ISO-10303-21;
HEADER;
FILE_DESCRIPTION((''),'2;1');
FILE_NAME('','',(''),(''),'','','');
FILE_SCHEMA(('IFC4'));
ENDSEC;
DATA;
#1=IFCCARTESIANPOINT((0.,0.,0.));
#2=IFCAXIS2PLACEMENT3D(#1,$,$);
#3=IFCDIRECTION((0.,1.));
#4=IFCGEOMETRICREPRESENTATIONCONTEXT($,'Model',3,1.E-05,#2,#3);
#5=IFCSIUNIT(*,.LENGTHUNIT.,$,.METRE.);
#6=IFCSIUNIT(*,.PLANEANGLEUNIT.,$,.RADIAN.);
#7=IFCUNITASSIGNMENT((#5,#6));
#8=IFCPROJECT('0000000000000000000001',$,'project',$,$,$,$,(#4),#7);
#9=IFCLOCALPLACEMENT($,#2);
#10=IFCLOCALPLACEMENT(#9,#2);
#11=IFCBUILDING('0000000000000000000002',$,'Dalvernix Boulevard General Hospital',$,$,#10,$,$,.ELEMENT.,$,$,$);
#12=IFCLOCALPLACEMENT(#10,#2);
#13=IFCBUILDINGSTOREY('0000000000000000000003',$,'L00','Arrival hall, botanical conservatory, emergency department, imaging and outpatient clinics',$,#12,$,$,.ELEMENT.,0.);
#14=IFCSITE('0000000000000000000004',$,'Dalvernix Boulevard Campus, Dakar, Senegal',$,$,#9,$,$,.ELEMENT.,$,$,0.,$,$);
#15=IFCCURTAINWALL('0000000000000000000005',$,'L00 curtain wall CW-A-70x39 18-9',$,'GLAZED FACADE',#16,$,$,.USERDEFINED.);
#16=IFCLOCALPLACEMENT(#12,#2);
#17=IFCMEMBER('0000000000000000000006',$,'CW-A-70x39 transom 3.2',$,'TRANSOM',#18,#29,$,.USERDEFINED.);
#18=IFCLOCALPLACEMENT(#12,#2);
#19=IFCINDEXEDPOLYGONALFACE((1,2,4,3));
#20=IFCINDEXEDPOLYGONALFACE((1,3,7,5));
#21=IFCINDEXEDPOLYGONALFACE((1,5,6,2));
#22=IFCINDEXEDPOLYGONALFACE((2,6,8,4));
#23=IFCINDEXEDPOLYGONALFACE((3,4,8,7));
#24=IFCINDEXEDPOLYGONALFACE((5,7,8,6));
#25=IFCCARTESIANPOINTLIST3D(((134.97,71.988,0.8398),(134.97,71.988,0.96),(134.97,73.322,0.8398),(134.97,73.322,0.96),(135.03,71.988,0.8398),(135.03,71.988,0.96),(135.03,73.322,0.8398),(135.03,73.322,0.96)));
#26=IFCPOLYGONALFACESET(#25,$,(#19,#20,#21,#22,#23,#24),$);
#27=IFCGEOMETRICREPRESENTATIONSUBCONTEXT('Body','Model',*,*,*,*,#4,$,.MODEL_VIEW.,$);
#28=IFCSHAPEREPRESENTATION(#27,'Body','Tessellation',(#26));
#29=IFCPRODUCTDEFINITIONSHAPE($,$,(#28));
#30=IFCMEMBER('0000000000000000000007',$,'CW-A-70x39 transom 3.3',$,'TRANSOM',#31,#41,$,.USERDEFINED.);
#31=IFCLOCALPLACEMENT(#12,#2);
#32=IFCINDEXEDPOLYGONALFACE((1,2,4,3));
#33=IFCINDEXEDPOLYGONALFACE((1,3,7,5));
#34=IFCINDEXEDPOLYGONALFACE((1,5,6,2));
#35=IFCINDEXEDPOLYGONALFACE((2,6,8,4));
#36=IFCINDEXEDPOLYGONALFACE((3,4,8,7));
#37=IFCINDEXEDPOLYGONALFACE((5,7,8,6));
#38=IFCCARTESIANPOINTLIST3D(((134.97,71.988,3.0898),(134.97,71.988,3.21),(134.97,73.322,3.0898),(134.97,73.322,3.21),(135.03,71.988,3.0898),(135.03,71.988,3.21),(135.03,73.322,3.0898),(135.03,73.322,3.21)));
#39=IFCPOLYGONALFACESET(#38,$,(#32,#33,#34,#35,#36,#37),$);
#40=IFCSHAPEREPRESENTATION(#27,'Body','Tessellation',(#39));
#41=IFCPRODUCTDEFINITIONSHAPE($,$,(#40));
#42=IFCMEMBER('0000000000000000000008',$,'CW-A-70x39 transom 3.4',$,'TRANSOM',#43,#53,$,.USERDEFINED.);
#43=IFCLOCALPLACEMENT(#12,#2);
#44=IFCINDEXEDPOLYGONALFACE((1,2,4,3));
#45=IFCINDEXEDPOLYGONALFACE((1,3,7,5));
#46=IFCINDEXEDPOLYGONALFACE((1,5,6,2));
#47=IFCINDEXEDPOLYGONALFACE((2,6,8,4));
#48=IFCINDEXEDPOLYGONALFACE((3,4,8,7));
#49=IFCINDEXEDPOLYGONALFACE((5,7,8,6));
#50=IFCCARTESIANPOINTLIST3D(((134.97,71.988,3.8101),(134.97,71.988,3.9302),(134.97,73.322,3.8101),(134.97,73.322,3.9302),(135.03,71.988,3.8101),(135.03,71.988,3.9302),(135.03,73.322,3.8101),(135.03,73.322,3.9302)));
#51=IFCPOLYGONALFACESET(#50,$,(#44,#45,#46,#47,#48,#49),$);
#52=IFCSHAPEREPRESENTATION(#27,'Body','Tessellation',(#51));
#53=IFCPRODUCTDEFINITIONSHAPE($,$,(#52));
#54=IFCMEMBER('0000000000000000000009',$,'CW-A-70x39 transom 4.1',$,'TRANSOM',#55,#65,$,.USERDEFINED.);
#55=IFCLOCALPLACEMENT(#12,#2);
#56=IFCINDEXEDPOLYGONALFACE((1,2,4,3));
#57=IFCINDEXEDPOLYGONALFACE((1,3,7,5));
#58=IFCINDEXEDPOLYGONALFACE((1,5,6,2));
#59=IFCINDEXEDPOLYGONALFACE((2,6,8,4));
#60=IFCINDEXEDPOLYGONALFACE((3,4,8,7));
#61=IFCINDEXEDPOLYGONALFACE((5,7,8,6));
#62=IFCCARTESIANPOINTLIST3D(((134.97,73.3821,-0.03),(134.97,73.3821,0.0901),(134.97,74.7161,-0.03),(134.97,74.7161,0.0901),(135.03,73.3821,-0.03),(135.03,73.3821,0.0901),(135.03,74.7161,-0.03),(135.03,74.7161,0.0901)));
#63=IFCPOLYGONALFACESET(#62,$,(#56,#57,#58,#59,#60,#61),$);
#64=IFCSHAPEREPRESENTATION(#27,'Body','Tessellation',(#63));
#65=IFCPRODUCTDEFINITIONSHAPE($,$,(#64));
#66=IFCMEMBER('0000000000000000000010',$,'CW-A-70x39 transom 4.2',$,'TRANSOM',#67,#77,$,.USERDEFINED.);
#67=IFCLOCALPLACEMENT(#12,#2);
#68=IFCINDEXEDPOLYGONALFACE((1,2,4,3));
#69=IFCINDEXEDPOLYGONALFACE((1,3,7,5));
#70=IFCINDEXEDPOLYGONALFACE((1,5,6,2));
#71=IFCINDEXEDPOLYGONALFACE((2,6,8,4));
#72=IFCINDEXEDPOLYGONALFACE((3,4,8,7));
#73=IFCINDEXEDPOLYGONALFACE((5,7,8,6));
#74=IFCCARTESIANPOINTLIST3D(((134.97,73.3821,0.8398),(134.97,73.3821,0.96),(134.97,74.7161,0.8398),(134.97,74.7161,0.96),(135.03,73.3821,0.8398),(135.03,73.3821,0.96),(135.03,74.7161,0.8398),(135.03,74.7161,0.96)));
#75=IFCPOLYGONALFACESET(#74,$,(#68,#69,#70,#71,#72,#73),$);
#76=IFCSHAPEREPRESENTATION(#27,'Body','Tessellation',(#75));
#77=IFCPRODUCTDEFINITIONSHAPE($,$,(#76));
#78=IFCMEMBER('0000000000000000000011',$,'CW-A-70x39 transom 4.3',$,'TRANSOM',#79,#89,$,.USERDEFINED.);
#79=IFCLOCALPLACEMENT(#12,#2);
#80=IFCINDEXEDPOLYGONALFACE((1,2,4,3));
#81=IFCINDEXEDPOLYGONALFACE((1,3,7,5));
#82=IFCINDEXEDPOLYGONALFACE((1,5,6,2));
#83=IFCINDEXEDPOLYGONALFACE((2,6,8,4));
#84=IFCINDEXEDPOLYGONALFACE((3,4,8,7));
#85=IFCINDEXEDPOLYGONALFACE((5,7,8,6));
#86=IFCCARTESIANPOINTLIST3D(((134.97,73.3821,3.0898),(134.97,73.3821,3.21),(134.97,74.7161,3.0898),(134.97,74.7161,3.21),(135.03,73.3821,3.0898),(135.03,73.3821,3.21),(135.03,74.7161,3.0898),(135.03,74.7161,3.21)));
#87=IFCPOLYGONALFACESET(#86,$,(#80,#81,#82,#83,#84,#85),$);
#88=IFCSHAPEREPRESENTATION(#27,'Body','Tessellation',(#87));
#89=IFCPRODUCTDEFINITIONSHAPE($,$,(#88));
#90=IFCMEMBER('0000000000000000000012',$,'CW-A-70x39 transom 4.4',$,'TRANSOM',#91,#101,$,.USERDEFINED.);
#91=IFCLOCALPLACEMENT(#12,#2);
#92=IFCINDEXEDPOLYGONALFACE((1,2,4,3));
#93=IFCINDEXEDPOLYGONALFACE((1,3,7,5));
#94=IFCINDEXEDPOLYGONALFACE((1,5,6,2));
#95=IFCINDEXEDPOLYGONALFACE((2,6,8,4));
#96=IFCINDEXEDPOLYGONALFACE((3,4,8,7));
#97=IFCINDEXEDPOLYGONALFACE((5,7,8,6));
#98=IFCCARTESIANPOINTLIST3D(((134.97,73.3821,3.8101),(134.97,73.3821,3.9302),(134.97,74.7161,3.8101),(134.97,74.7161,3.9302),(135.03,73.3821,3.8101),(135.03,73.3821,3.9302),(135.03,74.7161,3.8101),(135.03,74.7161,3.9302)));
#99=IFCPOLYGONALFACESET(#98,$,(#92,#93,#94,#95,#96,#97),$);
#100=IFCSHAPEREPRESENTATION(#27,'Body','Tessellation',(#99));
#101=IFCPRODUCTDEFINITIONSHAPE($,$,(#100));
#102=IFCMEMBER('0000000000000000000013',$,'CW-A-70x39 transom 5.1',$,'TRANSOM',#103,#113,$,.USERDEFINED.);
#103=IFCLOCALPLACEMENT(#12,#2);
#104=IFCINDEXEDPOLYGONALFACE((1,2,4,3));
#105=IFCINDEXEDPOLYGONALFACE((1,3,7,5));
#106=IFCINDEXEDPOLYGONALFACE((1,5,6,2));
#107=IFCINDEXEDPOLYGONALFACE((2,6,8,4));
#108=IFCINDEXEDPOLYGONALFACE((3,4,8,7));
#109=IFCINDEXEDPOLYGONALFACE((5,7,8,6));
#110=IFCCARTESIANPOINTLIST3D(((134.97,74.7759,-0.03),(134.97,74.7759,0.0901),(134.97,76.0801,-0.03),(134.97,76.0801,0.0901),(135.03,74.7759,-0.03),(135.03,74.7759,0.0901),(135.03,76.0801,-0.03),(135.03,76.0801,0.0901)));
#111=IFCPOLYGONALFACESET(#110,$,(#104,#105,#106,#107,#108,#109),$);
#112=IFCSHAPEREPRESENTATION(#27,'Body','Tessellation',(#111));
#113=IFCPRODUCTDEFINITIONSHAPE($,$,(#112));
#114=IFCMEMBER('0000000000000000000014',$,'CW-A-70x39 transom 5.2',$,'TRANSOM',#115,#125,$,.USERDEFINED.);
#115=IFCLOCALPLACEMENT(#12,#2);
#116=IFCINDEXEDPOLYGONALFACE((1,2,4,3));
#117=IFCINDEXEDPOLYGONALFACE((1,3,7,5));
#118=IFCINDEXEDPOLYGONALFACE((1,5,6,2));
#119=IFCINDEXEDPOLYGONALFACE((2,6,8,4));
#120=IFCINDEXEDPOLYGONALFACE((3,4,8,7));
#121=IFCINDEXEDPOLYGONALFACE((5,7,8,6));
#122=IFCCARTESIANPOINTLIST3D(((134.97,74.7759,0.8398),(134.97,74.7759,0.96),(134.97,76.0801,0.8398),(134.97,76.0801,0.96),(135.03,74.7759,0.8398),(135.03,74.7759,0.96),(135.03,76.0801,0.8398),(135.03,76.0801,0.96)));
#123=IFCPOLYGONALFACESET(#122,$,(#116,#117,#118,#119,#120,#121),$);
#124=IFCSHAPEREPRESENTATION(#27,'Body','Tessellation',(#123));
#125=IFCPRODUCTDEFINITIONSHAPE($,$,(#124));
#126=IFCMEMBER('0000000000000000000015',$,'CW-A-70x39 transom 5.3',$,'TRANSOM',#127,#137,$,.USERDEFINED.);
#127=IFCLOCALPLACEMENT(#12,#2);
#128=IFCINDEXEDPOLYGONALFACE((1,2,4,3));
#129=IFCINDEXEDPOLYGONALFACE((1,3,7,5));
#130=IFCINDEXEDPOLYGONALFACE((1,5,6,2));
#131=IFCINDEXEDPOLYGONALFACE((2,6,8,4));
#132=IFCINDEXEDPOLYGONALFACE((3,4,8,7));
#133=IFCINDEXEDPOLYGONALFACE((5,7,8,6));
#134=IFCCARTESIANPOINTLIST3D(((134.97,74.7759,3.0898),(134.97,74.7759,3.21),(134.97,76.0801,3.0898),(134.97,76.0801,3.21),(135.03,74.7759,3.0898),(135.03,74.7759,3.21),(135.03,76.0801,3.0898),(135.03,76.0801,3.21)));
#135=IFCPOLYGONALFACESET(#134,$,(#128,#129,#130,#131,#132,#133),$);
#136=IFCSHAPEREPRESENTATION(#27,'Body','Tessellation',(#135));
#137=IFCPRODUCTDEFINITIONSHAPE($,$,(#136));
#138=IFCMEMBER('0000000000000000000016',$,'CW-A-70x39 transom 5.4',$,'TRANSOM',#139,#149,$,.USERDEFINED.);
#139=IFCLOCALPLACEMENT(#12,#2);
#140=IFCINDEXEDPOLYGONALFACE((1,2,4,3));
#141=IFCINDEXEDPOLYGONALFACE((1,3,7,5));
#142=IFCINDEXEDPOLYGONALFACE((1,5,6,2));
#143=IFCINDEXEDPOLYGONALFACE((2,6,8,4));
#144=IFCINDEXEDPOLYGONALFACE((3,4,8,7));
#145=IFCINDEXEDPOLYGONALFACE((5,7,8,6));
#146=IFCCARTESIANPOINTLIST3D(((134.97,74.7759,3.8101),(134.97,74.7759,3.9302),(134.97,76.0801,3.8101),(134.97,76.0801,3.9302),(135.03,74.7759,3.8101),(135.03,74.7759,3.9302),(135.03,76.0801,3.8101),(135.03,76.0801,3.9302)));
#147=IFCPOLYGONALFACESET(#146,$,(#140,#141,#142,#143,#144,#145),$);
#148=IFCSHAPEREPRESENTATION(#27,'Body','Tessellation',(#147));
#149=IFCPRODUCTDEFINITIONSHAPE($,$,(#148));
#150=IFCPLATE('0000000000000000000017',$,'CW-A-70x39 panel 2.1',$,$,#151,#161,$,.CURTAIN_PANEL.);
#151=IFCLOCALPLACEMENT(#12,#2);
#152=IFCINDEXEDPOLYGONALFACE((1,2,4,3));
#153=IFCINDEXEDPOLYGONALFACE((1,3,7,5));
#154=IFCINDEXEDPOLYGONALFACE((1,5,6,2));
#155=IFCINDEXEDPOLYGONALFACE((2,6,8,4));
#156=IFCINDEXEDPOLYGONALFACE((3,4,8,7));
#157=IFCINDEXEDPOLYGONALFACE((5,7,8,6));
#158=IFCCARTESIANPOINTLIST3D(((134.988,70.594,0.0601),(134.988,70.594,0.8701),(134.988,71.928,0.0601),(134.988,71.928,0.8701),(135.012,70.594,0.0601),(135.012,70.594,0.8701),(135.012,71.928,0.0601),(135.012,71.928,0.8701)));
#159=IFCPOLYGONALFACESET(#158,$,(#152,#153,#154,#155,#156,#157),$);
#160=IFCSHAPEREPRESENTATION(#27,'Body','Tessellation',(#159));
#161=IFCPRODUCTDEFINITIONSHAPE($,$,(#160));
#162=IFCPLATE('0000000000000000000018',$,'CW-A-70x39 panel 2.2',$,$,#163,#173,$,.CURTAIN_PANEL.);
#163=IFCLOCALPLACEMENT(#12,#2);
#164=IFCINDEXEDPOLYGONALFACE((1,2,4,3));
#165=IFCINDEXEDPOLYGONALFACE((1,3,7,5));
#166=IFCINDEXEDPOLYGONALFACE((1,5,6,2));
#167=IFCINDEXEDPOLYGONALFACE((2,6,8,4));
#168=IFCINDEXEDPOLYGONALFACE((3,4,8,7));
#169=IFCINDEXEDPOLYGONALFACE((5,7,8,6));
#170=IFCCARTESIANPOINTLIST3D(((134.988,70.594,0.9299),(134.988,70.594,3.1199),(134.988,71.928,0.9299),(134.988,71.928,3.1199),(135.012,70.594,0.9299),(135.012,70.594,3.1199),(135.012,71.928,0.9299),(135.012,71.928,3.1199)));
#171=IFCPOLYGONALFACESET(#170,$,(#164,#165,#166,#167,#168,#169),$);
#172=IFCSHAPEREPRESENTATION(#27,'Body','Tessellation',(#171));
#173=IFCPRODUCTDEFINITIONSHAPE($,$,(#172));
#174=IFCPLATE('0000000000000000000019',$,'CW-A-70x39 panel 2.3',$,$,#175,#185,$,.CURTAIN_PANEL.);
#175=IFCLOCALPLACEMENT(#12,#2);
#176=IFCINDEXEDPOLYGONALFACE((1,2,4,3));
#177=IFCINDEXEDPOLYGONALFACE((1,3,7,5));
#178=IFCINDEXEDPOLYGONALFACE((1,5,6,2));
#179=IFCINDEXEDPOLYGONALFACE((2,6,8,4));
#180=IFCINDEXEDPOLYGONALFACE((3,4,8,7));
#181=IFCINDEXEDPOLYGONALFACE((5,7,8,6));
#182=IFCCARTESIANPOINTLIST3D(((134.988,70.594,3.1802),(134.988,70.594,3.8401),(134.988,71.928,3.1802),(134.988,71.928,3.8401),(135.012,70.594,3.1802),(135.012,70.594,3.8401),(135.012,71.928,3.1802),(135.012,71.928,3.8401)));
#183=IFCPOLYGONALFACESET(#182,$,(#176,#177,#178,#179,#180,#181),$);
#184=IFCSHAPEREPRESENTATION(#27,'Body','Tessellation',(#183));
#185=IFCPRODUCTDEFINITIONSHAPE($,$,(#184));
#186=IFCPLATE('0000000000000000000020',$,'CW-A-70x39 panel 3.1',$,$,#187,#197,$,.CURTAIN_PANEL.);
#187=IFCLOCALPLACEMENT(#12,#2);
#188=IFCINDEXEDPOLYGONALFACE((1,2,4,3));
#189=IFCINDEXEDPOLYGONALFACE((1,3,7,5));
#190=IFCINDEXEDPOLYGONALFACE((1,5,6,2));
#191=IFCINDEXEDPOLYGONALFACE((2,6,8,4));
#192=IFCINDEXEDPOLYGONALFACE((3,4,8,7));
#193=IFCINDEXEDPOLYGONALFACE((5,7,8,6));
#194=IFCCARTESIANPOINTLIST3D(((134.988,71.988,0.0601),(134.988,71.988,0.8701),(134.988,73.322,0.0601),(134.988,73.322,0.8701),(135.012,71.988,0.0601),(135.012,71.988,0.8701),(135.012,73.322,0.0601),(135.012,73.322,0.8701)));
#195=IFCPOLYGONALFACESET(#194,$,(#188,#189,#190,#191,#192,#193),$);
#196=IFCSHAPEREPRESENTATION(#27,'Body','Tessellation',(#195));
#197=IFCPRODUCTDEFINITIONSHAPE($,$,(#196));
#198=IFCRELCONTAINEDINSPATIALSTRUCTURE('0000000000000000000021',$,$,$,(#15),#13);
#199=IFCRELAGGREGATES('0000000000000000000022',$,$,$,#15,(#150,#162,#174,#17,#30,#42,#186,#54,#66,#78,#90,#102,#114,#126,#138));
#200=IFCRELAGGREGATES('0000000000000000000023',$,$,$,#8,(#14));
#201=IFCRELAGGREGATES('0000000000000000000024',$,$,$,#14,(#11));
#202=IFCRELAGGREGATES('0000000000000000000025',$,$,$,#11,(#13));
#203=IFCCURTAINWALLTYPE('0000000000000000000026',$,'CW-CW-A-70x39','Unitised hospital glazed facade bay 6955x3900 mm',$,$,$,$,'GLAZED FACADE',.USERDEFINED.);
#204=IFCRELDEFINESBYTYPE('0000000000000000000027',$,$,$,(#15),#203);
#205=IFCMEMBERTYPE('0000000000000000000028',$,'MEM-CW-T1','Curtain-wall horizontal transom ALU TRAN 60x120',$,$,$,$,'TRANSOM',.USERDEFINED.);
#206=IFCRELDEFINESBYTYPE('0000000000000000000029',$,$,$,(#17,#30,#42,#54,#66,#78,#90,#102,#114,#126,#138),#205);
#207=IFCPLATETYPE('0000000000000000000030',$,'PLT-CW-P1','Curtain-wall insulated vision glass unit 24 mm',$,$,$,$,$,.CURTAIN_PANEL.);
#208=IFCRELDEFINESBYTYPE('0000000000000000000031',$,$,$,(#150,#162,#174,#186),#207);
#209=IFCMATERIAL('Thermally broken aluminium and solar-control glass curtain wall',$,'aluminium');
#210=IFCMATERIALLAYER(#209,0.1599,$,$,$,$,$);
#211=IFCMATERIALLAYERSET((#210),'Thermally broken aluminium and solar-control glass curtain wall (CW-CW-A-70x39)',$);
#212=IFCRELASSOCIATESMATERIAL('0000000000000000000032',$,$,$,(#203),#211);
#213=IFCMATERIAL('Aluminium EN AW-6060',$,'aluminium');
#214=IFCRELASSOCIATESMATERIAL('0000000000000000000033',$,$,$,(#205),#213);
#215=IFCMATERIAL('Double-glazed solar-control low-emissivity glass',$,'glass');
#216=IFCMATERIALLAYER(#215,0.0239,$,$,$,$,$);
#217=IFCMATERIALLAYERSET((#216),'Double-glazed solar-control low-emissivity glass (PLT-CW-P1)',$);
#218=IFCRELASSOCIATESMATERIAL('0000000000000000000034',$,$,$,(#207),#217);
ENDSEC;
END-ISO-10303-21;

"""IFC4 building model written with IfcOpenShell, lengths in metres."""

from ifc_helpers import new_model, si_unit, direction, frame, origin, origin_2d, place, context, subcontext, project, spatial, rectangle, extrude, material, layer, layer_set, material_profile, profile_set, type_object, element, aggregate, save


model = new_model("IFC4")

# Units and contexts
model_context = context("Model", 3, precision=1e-05, world=origin(), true_north=direction((0.0, 1.0)))
body_context = subcontext(model_context, "Body", "Model", "MODEL_VIEW")
ifc_project = project(units=[si_unit("LENGTHUNIT", "METRE"), si_unit("PLANEANGLEUNIT", "RADIAN")], contexts=[model_context])

# Site, building, storey
site_placement = place(None, origin())
site = spatial("IfcSite", under=ifc_project, at=site_placement, Name="Dalvernix Boulevard Campus, Dakar, Senegal", CompositionType="ELEMENT", RefElevation=0.0)
building_placement = place(site_placement, origin())
building = spatial("IfcBuilding", under=site, at=building_placement, Name="Dalvernix Boulevard General Hospital", CompositionType="ELEMENT")
storey_placement = place(building_placement, origin())
storey = spatial("IfcBuildingStorey", under=building, at=storey_placement, Name="L00", Description="Arrival hall, botanical conservatory, emergency department, imaging and outpatient clinics", CompositionType="ELEMENT", Elevation=0.0)

# Curtain wall, members, plates
ifc_material_1 = material(Name="Thermally broken aluminium and solar-control glass curtain wall", Category="aluminium")
ifc_layer_1 = layer(ifc_material_1, 0.1599)
ifc_layer_set_1 = layer_set([ifc_layer_1], Name="Thermally broken aluminium and solar-control glass curtain wall (CW-CW-A-70x39)")
curtain_wall_type = type_object("IfcCurtainWallType", Name="CW-CW-A-70x39", Description="Unitised hospital glazed facade bay 6955x3900 mm", ElementType="GLAZED FACADE", PredefinedType="USERDEFINED", material=ifc_layer_set_1)
curtain_wall_placement = place(storey_placement, origin())
curtain_wall = element("IfcCurtainWall", 1, at=curtain_wall_placement, inside=storey, type_object=curtain_wall_type, Name="L00 curtain wall CW-A-70x39 18-9", ObjectType="GLAZED FACADE", PredefinedType="USERDEFINED")
ifc_material_2 = material(Name="Aluminium EN AW-6060", Category="aluminium")
ifc_material_profile_1 = material_profile(ifc_material_2, rectangle(XDim=0.0601, YDim=0.1201, at=origin_2d()), Name="ALU TRAN 60x120")
ifc_profile_set_1 = profile_set([ifc_material_profile_1], Name="Aluminium EN AW-6060")
member_type_1 = type_object("IfcMemberType", Name="MEM-CW-T1", Description="Curtain-wall horizontal transom ALU TRAN 60x120", ElementType="TRANSOM", PredefinedType="USERDEFINED", material=ifc_profile_set_1)
member_1_placement = place(storey_placement, frame((135.0, 71.988, 0.8999), z_axis=(0.0, 1.0, 0.0), x_axis=(-1.0, 0.0, 0.0)))
member_1 = element("IfcMember", 2, at=member_1_placement, type_object=member_type_1, Name="CW-A-70x39 transom 3.2", ObjectType="TRANSOM", PredefinedType="USERDEFINED", context=body_context, shape_type="SweptSolid", body=[
    extrude(rectangle(XDim=0.0601, YDim=0.1201, at=origin_2d()), origin(), (0.0, 0.0, 1.0), 1.334),
])
member_2_placement = place(storey_placement, frame((135.0, 71.988, 3.1499), z_axis=(0.0, 1.0, 0.0), x_axis=(-1.0, 0.0, 0.0)))
member_2 = element("IfcMember", 3, at=member_2_placement, type_object=member_type_1, Name="CW-A-70x39 transom 3.3", ObjectType="TRANSOM", PredefinedType="USERDEFINED", context=body_context, shape_type="SweptSolid", body=[
    extrude(rectangle(XDim=0.0601, YDim=0.1201, at=origin_2d()), origin(), (0.0, 0.0, 1.0), 1.334),
])
member_3_placement = place(storey_placement, frame((135.0, 71.988, 3.8701), z_axis=(0.0, 1.0, 0.0), x_axis=(-1.0, 0.0, 0.0)))
member_3 = element("IfcMember", 4, at=member_3_placement, type_object=member_type_1, Name="CW-A-70x39 transom 3.4", ObjectType="TRANSOM", PredefinedType="USERDEFINED", context=body_context, shape_type="SweptSolid", body=[
    extrude(rectangle(XDim=0.0601, YDim=0.1201, at=origin_2d()), origin(), (0.0, 0.0, 1.0), 1.334),
])
member_4_placement = place(storey_placement, frame((135.0, 73.3821, 0.03), z_axis=(0.0, 1.0, 0.0), x_axis=(-1.0, 0.0, 0.0)))
member_4 = element("IfcMember", 5, at=member_4_placement, type_object=member_type_1, Name="CW-A-70x39 transom 4.1", ObjectType="TRANSOM", PredefinedType="USERDEFINED", context=body_context, shape_type="SweptSolid", body=[
    extrude(rectangle(XDim=0.0601, YDim=0.1201, at=origin_2d()), origin(), (0.0, 0.0, 1.0), 1.334),
])
member_5_placement = place(storey_placement, frame((135.0, 73.3821, 0.8999), z_axis=(0.0, 1.0, 0.0), x_axis=(-1.0, 0.0, 0.0)))
member_5 = element("IfcMember", 6, at=member_5_placement, type_object=member_type_1, Name="CW-A-70x39 transom 4.2", ObjectType="TRANSOM", PredefinedType="USERDEFINED", context=body_context, shape_type="SweptSolid", body=[
    extrude(rectangle(XDim=0.0601, YDim=0.1201, at=origin_2d()), origin(), (0.0, 0.0, 1.0), 1.334),
])
member_6_placement = place(storey_placement, frame((135.0, 73.3821, 3.1499), z_axis=(0.0, 1.0, 0.0), x_axis=(-1.0, 0.0, 0.0)))
member_6 = element("IfcMember", 7, at=member_6_placement, type_object=member_type_1, Name="CW-A-70x39 transom 4.3", ObjectType="TRANSOM", PredefinedType="USERDEFINED", context=body_context, shape_type="SweptSolid", body=[
    extrude(rectangle(XDim=0.0601, YDim=0.1201, at=origin_2d()), origin(), (0.0, 0.0, 1.0), 1.334),
])
member_7_placement = place(storey_placement, frame((135.0, 73.3821, 3.8701), z_axis=(0.0, 1.0, 0.0), x_axis=(-1.0, 0.0, 0.0)))
member_7 = element("IfcMember", 8, at=member_7_placement, type_object=member_type_1, Name="CW-A-70x39 transom 4.4", ObjectType="TRANSOM", PredefinedType="USERDEFINED", context=body_context, shape_type="SweptSolid", body=[
    extrude(rectangle(XDim=0.0601, YDim=0.1201, at=origin_2d()), origin(), (0.0, 0.0, 1.0), 1.334),
])
member_8_placement = place(storey_placement, frame((135.0, 74.7759, 0.03), z_axis=(0.0, 1.0, 0.0), x_axis=(-1.0, 0.0, 0.0)))
member_8 = element("IfcMember", 9, at=member_8_placement, type_object=member_type_1, Name="CW-A-70x39 transom 5.1", ObjectType="TRANSOM", PredefinedType="USERDEFINED", context=body_context, shape_type="SweptSolid", body=[
    extrude(rectangle(XDim=0.0601, YDim=0.1201, at=origin_2d()), origin(), (0.0, 0.0, 1.0), 1.3042),
])
member_9_placement = place(storey_placement, frame((135.0, 74.7759, 0.8999), z_axis=(0.0, 1.0, 0.0), x_axis=(-1.0, 0.0, 0.0)))
member_9 = element("IfcMember", 10, at=member_9_placement, type_object=member_type_1, Name="CW-A-70x39 transom 5.2", ObjectType="TRANSOM", PredefinedType="USERDEFINED", context=body_context, shape_type="SweptSolid", body=[
    extrude(rectangle(XDim=0.0601, YDim=0.1201, at=origin_2d()), origin(), (0.0, 0.0, 1.0), 1.3042),
])
member_10_placement = place(storey_placement, frame((135.0, 74.7759, 3.1499), z_axis=(0.0, 1.0, 0.0), x_axis=(-1.0, 0.0, 0.0)))
member_10 = element("IfcMember", 11, at=member_10_placement, type_object=member_type_1, Name="CW-A-70x39 transom 5.3", ObjectType="TRANSOM", PredefinedType="USERDEFINED", context=body_context, shape_type="SweptSolid", body=[
    extrude(rectangle(XDim=0.0601, YDim=0.1201, at=origin_2d()), origin(), (0.0, 0.0, 1.0), 1.3042),
])
member_11_placement = place(storey_placement, frame((135.0, 74.7759, 3.8701), z_axis=(0.0, 1.0, 0.0), x_axis=(-1.0, 0.0, 0.0)))
member_11 = element("IfcMember", 12, at=member_11_placement, type_object=member_type_1, Name="CW-A-70x39 transom 5.4", ObjectType="TRANSOM", PredefinedType="USERDEFINED", context=body_context, shape_type="SweptSolid", body=[
    extrude(rectangle(XDim=0.0601, YDim=0.1201, at=origin_2d()), origin(), (0.0, 0.0, 1.0), 1.3042),
])
ifc_material_3 = material(Name="Double-glazed solar-control low-emissivity glass", Category="glass")
ifc_layer_2 = layer(ifc_material_3, 0.0239)
ifc_layer_set_2 = layer_set([ifc_layer_2], Name="Double-glazed solar-control low-emissivity glass (PLT-CW-P1)")
plate_type = type_object("IfcPlateType", Name="PLT-CW-P1", Description="Curtain-wall insulated vision glass unit 24 mm", PredefinedType="CURTAIN_PANEL", material=ifc_layer_set_2)
plate_1_placement = place(storey_placement, frame((135.0, 71.261, 0.0601), z_axis=(0.0, 0.0, 1.0), x_axis=(0.0, 1.0, 0.0)))
plate_1 = element("IfcPlate", 13, at=plate_1_placement, type_object=plate_type, Name="CW-A-70x39 panel 2.1", PredefinedType="CURTAIN_PANEL", context=body_context, shape_type="SweptSolid", body=[
    extrude(rectangle(XDim=1.334, YDim=0.0239, at=origin_2d()), origin(), (0.0, 0.0, 1.0), 0.8101),
])
plate_2_placement = place(storey_placement, frame((135.0, 71.261, 0.9299), z_axis=(0.0, 0.0, 1.0), x_axis=(0.0, 1.0, 0.0)))
plate_2 = element("IfcPlate", 14, at=plate_2_placement, type_object=plate_type, Name="CW-A-70x39 panel 2.2", PredefinedType="CURTAIN_PANEL", context=body_context, shape_type="SweptSolid", body=[
    extrude(rectangle(XDim=1.334, YDim=0.0239, at=origin_2d()), origin(), (0.0, 0.0, 1.0), 2.1899),
])
plate_3_placement = place(storey_placement, frame((135.0, 71.261, 3.1802), z_axis=(0.0, 0.0, 1.0), x_axis=(0.0, 1.0, 0.0)))
plate_3 = element("IfcPlate", 15, at=plate_3_placement, type_object=plate_type, Name="CW-A-70x39 panel 2.3", PredefinedType="CURTAIN_PANEL", context=body_context, shape_type="SweptSolid", body=[
    extrude(rectangle(XDim=1.334, YDim=0.0239, at=origin_2d()), origin(), (0.0, 0.0, 1.0), 0.6599),
])
plate_4_placement = place(storey_placement, frame((135.0, 72.655, 0.0601), z_axis=(0.0, 0.0, 1.0), x_axis=(0.0, 1.0, 0.0)))
plate_4 = element("IfcPlate", 16, at=plate_4_placement, type_object=plate_type, Name="CW-A-70x39 panel 3.1", PredefinedType="CURTAIN_PANEL", context=body_context, shape_type="SweptSolid", body=[
    extrude(rectangle(XDim=1.334, YDim=0.0239, at=origin_2d()), origin(), (0.0, 0.0, 1.0), 0.8101),
])
aggregate(curtain_wall, [plate_1, plate_2, plate_3, member_1, member_2, member_3, plate_4, member_4, member_5, member_6, member_7, member_8, member_9, member_10, member_11])

save(model, "model.ifc")
